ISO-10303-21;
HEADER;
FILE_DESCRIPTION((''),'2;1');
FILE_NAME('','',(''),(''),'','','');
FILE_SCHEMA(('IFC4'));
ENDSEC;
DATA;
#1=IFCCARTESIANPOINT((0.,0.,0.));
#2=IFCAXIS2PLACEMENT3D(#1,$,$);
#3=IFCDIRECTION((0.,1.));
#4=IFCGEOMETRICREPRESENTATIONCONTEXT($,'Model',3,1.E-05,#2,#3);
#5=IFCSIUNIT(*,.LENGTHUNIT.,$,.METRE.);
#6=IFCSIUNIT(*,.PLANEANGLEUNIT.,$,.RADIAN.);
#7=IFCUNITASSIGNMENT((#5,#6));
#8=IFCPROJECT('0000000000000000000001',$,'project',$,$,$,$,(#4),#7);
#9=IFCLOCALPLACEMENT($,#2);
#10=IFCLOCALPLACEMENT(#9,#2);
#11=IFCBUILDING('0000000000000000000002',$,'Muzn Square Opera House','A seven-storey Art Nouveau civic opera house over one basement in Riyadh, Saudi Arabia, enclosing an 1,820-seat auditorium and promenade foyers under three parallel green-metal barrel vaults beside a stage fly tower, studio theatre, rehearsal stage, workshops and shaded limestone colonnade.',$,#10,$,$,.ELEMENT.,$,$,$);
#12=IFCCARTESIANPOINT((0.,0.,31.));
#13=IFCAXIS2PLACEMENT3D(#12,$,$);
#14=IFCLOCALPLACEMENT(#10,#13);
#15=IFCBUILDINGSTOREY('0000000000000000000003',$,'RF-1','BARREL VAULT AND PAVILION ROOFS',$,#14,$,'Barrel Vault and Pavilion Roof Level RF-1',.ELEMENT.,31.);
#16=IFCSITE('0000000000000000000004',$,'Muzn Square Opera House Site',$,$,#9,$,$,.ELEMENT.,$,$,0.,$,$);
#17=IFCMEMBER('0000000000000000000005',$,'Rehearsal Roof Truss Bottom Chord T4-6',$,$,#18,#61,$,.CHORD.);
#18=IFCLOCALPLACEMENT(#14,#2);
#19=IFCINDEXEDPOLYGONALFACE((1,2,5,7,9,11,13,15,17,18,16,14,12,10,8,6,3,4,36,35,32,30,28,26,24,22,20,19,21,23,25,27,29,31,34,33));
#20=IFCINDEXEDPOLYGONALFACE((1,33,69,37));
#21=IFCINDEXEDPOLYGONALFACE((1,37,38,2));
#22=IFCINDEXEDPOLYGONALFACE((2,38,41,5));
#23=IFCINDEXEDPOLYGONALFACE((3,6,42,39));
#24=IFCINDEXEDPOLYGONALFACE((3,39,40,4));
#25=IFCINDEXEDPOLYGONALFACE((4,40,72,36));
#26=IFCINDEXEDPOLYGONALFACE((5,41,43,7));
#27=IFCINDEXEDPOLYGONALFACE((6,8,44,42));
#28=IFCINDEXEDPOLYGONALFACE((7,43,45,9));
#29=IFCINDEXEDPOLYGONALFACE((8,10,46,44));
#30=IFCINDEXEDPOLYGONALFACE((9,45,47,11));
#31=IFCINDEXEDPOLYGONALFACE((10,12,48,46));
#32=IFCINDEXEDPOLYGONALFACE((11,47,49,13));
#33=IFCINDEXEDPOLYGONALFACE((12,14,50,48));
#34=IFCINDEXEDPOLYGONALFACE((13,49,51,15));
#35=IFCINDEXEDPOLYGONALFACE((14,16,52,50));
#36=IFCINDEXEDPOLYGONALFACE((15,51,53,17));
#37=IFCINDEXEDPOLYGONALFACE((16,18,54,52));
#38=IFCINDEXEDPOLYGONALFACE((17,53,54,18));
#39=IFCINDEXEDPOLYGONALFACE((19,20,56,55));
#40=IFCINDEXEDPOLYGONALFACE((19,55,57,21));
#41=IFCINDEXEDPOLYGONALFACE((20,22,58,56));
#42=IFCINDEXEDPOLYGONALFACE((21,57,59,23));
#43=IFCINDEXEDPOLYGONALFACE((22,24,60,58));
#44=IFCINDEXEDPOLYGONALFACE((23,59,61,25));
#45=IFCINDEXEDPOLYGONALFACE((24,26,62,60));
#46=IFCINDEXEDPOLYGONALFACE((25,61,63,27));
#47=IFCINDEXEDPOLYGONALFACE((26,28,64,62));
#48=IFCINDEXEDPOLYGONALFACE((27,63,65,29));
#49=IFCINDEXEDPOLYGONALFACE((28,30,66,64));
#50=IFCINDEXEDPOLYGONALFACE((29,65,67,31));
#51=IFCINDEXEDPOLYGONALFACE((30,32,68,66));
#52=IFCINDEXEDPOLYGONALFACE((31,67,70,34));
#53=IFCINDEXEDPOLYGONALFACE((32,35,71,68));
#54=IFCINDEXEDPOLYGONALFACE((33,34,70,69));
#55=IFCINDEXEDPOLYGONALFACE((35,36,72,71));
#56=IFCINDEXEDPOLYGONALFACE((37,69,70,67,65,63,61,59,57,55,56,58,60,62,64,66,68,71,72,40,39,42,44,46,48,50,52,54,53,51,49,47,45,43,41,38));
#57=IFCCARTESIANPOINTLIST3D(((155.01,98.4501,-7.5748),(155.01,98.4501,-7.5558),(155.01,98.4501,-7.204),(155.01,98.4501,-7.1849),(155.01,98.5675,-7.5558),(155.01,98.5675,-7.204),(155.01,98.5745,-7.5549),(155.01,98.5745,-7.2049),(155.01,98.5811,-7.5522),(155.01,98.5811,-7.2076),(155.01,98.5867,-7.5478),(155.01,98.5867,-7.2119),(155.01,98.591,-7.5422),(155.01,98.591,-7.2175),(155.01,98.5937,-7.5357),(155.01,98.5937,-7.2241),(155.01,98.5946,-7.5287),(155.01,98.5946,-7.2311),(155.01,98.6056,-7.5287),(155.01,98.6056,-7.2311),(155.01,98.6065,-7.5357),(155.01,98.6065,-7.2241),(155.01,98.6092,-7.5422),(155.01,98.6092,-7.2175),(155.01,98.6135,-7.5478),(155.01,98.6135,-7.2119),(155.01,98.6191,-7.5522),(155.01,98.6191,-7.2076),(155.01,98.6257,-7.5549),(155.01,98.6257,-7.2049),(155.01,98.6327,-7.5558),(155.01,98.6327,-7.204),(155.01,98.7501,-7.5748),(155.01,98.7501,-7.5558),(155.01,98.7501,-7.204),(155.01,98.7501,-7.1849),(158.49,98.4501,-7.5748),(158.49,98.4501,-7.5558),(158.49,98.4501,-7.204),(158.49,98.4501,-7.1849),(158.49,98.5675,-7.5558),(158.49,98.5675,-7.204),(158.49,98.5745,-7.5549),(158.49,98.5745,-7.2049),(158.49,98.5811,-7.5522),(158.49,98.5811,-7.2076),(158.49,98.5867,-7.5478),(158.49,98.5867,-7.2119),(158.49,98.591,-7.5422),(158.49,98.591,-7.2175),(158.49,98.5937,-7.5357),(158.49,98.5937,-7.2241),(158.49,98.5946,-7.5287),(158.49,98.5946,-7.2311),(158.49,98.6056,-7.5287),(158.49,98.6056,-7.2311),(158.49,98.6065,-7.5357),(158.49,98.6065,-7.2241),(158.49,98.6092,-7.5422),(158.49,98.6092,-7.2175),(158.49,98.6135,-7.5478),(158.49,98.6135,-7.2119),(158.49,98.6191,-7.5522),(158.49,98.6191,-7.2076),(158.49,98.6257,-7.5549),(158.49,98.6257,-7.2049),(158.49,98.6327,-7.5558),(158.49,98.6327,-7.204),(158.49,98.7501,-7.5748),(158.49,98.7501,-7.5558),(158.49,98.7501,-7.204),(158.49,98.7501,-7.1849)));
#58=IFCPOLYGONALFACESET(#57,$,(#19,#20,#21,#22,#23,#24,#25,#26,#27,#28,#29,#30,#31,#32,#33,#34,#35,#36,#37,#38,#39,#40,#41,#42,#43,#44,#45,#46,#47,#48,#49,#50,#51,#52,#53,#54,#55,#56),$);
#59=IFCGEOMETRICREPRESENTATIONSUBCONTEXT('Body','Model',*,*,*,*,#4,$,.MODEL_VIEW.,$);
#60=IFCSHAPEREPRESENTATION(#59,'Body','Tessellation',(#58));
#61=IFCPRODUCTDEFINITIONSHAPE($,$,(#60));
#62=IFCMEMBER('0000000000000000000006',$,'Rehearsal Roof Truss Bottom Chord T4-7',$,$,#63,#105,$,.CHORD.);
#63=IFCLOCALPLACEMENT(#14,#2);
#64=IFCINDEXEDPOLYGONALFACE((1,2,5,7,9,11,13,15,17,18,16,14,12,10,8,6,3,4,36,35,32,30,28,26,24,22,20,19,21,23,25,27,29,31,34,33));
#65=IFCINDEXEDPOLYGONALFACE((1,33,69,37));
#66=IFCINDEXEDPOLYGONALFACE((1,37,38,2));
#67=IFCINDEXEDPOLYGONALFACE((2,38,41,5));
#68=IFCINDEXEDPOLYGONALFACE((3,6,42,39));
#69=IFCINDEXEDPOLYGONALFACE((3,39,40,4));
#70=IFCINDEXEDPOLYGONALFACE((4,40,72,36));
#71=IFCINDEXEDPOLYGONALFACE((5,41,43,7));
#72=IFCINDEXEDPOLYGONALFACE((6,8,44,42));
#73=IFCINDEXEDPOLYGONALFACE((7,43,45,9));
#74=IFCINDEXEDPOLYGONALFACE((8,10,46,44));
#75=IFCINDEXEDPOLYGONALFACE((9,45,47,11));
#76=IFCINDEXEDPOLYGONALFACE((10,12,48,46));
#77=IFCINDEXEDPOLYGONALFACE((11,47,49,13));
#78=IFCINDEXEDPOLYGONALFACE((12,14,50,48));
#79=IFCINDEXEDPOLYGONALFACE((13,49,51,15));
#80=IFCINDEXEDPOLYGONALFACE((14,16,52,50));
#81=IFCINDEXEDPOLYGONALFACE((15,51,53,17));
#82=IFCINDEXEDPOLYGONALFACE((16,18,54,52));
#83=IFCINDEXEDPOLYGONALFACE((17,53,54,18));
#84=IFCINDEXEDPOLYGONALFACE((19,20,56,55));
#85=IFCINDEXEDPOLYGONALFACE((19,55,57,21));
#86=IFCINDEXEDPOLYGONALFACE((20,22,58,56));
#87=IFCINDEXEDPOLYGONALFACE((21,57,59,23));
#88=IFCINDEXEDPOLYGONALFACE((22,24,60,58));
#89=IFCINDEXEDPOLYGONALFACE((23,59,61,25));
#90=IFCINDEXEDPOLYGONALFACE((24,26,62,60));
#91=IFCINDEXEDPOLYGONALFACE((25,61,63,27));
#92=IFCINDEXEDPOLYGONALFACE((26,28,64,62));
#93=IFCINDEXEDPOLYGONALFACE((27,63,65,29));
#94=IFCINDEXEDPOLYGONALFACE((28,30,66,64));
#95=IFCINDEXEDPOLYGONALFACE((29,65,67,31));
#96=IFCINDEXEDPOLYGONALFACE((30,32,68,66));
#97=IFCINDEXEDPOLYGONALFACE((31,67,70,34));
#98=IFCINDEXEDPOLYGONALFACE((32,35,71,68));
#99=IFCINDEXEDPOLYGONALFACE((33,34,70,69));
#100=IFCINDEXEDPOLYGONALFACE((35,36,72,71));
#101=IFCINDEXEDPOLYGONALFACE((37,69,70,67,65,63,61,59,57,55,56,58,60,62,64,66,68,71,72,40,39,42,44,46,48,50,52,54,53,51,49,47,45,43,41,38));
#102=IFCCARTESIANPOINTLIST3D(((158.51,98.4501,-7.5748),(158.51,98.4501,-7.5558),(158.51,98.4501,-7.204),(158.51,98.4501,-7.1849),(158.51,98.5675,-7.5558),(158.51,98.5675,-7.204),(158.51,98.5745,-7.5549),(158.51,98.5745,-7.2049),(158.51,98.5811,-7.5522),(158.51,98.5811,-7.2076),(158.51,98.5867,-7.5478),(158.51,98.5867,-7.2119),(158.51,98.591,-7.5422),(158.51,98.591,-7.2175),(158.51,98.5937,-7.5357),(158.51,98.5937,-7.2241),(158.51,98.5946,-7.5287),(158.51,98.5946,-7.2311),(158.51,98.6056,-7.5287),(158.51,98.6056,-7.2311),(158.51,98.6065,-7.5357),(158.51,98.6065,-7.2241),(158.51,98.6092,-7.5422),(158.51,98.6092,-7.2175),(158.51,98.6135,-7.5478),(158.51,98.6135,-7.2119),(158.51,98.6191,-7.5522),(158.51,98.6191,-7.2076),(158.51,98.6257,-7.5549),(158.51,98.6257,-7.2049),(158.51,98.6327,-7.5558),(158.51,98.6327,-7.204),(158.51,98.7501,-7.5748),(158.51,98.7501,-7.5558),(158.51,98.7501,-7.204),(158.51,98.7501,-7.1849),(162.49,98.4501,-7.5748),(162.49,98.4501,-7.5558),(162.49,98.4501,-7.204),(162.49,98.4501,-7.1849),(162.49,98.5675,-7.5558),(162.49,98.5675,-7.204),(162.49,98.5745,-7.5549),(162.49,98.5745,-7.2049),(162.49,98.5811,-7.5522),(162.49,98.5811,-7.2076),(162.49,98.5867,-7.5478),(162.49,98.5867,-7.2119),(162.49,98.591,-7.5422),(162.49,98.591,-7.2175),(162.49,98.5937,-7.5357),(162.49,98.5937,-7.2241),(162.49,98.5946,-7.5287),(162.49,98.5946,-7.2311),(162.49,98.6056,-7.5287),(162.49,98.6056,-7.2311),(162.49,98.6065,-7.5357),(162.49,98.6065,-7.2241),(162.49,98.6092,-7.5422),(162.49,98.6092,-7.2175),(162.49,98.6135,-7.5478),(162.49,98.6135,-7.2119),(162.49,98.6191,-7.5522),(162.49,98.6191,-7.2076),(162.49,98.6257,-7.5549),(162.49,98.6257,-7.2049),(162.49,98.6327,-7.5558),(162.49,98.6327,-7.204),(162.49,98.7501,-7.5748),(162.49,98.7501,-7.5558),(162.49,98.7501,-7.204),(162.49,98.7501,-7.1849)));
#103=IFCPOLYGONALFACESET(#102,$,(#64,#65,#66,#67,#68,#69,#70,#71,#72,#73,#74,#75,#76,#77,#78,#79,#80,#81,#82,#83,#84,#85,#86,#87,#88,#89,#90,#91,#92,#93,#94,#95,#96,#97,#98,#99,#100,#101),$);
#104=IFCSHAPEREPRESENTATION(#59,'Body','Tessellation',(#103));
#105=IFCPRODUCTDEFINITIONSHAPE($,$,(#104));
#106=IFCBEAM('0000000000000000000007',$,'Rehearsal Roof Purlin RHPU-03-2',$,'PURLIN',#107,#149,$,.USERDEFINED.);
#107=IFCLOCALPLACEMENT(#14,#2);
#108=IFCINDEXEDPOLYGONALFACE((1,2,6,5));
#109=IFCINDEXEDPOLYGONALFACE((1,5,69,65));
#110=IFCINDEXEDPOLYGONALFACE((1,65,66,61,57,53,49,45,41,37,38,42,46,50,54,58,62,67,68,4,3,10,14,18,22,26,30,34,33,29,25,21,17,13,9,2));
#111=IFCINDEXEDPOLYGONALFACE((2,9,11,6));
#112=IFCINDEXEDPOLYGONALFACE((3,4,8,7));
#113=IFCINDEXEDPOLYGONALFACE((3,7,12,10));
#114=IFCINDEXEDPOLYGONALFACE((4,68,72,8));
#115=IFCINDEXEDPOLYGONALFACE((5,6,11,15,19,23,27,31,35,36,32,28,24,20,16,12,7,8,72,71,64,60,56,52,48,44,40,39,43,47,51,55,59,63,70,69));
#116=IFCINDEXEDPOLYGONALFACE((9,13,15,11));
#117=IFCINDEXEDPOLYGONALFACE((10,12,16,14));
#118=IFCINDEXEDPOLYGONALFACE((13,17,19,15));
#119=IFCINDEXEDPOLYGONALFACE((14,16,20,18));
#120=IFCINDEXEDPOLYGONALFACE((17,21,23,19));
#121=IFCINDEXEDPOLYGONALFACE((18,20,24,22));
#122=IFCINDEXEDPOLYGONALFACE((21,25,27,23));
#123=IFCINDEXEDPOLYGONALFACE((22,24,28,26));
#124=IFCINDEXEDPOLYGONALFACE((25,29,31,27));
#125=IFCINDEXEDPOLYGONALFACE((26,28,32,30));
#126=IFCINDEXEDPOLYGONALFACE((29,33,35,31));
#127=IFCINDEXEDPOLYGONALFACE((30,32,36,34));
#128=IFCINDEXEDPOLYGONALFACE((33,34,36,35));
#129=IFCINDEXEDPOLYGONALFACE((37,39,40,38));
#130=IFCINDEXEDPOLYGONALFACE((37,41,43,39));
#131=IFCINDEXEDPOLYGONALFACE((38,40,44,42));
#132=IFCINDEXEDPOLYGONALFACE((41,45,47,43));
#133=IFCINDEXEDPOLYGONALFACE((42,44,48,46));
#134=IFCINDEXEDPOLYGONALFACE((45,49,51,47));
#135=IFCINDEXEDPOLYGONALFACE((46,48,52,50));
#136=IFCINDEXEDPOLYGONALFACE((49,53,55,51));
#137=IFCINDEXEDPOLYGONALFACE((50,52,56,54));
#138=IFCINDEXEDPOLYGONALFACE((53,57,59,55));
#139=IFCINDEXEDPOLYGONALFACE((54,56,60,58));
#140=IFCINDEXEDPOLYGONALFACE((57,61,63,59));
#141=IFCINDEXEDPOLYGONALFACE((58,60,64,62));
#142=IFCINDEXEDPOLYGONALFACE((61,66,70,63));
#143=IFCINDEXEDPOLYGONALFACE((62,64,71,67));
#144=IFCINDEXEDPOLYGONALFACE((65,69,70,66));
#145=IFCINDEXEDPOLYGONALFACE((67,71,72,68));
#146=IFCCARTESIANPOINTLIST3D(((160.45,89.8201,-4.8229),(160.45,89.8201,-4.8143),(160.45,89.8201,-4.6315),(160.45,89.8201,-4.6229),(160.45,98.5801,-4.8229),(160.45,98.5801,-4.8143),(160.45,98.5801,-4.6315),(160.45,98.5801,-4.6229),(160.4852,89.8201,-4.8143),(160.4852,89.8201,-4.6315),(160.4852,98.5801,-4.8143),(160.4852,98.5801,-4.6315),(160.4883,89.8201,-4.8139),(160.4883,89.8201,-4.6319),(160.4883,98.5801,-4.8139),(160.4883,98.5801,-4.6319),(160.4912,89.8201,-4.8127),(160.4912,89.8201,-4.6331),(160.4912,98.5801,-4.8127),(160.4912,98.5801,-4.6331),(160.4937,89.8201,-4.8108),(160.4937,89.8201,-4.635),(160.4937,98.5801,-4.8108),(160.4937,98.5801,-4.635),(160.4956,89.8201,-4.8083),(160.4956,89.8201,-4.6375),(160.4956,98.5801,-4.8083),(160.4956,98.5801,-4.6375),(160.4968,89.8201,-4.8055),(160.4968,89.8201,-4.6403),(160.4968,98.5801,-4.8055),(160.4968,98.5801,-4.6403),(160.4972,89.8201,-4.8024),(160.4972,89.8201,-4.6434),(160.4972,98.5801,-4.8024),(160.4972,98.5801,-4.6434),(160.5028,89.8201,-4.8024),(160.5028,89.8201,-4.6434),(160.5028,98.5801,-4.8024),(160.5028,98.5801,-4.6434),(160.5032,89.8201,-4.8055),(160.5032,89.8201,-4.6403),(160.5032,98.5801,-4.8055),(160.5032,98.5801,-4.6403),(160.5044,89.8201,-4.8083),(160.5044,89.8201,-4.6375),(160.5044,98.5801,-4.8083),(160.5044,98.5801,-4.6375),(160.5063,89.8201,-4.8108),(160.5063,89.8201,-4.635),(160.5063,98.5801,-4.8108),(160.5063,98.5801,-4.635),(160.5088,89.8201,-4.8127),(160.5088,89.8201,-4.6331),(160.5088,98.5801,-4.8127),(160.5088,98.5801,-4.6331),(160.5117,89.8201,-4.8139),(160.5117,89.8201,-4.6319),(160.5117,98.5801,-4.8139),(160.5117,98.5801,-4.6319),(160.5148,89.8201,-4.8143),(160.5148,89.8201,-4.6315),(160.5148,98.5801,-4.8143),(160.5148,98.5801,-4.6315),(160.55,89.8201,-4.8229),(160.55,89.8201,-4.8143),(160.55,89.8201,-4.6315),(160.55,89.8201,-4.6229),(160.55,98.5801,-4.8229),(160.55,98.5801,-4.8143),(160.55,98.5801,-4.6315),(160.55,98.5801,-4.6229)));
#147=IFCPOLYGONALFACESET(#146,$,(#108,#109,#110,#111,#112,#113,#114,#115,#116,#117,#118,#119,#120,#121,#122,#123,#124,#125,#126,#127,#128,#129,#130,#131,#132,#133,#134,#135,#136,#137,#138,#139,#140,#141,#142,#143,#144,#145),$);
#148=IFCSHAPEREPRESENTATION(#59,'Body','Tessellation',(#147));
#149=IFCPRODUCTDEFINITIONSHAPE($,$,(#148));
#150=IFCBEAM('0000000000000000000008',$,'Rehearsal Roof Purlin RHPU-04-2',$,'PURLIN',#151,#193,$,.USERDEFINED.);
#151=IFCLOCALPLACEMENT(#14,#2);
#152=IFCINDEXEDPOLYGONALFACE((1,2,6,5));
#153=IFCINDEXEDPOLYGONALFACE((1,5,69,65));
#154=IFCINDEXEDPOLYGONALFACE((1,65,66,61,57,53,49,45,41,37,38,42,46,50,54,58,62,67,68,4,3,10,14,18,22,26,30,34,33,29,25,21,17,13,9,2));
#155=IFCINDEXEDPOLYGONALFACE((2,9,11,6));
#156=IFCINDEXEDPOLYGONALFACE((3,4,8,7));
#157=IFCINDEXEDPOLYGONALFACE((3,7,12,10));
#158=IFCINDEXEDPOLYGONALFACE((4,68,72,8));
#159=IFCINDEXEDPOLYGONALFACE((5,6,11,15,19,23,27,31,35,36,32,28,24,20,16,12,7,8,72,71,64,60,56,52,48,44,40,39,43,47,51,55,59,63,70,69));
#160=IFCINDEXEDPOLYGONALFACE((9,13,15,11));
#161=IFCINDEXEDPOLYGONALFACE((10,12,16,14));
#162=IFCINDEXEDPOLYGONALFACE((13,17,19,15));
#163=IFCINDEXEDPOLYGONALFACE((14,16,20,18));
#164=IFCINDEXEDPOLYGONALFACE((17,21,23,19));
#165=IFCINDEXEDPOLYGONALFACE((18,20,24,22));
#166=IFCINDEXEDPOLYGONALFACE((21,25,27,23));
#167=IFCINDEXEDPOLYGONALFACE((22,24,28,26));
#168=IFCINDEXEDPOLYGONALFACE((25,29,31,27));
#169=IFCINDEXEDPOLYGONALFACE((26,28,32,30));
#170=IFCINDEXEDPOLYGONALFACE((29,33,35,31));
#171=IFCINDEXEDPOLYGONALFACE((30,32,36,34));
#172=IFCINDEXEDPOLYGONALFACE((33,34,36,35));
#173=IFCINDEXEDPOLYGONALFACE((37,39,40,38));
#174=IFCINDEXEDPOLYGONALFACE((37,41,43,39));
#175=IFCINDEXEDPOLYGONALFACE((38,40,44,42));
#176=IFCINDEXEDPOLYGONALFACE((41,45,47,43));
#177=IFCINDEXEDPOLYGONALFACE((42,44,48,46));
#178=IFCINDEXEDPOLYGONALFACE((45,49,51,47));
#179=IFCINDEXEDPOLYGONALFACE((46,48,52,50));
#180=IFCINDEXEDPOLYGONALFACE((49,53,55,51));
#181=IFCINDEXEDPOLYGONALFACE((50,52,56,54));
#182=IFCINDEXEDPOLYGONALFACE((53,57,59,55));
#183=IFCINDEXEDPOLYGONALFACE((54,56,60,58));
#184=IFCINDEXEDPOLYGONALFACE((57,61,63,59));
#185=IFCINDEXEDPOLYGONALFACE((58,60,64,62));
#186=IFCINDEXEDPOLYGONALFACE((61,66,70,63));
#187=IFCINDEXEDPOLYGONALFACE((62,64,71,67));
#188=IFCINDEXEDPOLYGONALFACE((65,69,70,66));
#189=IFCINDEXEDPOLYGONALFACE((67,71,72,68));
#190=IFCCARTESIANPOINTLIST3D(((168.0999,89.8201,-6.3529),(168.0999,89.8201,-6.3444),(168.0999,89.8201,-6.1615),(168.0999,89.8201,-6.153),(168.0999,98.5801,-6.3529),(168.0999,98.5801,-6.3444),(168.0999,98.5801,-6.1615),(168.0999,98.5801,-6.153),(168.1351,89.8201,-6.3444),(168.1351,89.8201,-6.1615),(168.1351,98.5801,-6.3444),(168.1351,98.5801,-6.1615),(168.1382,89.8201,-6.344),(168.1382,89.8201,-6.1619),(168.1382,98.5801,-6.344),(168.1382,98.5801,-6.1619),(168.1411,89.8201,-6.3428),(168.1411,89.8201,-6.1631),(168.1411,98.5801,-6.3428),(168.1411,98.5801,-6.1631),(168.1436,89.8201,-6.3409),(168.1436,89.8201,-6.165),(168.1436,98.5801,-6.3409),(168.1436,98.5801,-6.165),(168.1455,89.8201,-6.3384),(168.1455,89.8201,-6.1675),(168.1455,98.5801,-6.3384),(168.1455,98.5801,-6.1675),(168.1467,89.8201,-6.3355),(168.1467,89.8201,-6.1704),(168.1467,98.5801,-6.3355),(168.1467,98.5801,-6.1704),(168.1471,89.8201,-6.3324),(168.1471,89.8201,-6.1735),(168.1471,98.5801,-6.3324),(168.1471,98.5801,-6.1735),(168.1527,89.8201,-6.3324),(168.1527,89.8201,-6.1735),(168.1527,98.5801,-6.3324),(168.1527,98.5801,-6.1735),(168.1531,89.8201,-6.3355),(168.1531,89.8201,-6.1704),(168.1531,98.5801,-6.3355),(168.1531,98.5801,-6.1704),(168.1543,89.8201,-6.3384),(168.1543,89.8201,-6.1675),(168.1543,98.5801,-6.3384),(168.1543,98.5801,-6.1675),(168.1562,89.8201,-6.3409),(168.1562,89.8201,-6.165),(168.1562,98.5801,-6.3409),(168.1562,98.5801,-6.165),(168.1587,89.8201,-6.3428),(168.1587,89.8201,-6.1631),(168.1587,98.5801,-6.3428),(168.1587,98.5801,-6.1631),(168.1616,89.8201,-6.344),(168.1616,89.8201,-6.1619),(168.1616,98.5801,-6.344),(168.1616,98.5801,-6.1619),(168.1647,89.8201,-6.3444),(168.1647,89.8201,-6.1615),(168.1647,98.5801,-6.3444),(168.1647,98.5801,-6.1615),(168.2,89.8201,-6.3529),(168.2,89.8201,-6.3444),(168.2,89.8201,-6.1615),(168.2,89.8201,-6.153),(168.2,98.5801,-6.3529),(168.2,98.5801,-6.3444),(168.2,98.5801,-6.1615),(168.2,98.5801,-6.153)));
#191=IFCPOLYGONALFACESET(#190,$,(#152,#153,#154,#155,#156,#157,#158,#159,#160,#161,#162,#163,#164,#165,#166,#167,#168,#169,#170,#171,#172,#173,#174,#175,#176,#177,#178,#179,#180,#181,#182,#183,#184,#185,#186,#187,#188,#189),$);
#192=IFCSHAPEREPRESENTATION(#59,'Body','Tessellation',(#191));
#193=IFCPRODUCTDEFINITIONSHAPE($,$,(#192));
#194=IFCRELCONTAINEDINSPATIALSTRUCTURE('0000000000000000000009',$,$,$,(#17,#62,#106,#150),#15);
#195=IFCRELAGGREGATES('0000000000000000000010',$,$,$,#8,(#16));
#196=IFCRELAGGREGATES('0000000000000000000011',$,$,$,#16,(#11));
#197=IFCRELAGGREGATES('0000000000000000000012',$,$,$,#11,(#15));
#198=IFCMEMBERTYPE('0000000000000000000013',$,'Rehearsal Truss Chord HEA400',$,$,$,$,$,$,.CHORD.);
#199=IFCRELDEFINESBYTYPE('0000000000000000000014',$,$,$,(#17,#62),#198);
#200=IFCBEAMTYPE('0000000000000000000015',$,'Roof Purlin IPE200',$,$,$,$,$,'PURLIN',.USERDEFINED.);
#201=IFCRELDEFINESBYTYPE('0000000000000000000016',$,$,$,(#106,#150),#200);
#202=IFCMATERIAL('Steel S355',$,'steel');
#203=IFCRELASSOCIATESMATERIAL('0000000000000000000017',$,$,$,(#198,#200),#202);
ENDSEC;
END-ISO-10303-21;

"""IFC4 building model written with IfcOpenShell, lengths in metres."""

from ifc_helpers import new_model, si_unit, direction, frame, origin, origin_2d, place, context, subcontext, project, spatial, i_section, extrude, material, material_profile, profile_set, type_object, element, save


model = new_model("IFC4")

# Units and contexts
model_context = context("Model", 3, precision=1e-05, world=origin(), true_north=direction((0.0, 1.0)))
body_context = subcontext(model_context, "Body", "Model", "MODEL_VIEW")
ifc_project = project(units=[si_unit("LENGTHUNIT", "METRE"), si_unit("PLANEANGLEUNIT", "RADIAN")], contexts=[model_context])

# Site, building, storey
site_placement = place(None, origin())
site = spatial("IfcSite", under=ifc_project, at=site_placement, Name="Muzn Square Opera House Site", CompositionType="ELEMENT", RefElevation=0.0)
building_placement = place(site_placement, origin())
building = spatial("IfcBuilding", under=site, at=building_placement, Name="Muzn Square Opera House", Description="A seven-storey Art Nouveau civic opera house over one basement in Riyadh, Saudi Arabia, enclosing an 1,820-seat auditorium and promenade foyers under three parallel green-metal barrel vaults beside a stage fly tower, studio theatre, rehearsal stage, workshops and shaded limestone colonnade.", CompositionType="ELEMENT")
storey_placement = place(building_placement, frame((0.0, 0.0, 31.0)))
storey = spatial("IfcBuildingStorey", under=building, at=storey_placement, Name="RF-1", Description="BARREL VAULT AND PAVILION ROOFS", LongName="Barrel Vault and Pavilion Roof Level RF-1", CompositionType="ELEMENT", Elevation=31.0)

# Shared definitions
ifc_material = material(Name="Steel S355", Category="steel")

# Members
ifc_material_profile_1 = material_profile(ifc_material, i_section(OverallWidth=0.3, OverallDepth=0.3899, WebThickness=0.011, FlangeThickness=0.019, FilletRadius=0.0271, at=origin_2d()), Name="HEA 400", Category="steel")
ifc_profile_set_1 = profile_set([ifc_material_profile_1], Name="Steel S355")
member_type_1 = type_object("IfcMemberType", Name="Rehearsal Truss Chord HEA400", PredefinedType="CHORD", material=ifc_profile_set_1)
member_1_placement = place(storey_placement, frame((155.01, 98.6001, -7.3799), z_axis=(1.0, 0.0, 0.0), x_axis=(0.0, 1.0, 0.0)))
element("IfcMember", 1, at=member_1_placement, inside=storey, type_object=member_type_1, Name="Rehearsal Roof Truss Bottom Chord T4-6", PredefinedType="CHORD", context=body_context, shape_type="SweptSolid", body=[
    extrude(i_section(OverallWidth=0.3, OverallDepth=0.3899, WebThickness=0.011, FlangeThickness=0.019, FilletRadius=0.0271, at=origin_2d()), origin(), (0.0, 0.0, 1.0), 3.48),
])
member_2_placement = place(storey_placement, frame((158.51, 98.6001, -7.3799), z_axis=(1.0, 0.0, 0.0), x_axis=(0.0, 1.0, 0.0)))
element("IfcMember", 2, at=member_2_placement, inside=storey, type_object=member_type_1, Name="Rehearsal Roof Truss Bottom Chord T4-7", PredefinedType="CHORD", context=body_context, shape_type="SweptSolid", body=[
    extrude(i_section(OverallWidth=0.3, OverallDepth=0.3899, WebThickness=0.011, FlangeThickness=0.019, FilletRadius=0.0271, at=origin_2d()), origin(), (0.0, 0.0, 1.0), 3.98),
])

# Beams
ifc_material_profile_2 = material_profile(ifc_material, i_section(OverallWidth=0.1001, OverallDepth=0.2, WebThickness=0.0056, FlangeThickness=0.0085, FilletRadius=0.012, at=origin_2d()), Name="IPE 200", Category="steel")
ifc_profile_set_2 = profile_set([ifc_material_profile_2], Name="Steel S355")
beam_type = type_object("IfcBeamType", Name="Roof Purlin IPE200", ElementType="PURLIN", PredefinedType="USERDEFINED", material=ifc_profile_set_2)
for number, where, z_axis, x_axis, name in (
    (3, (160.5, 89.8201, -4.7229), (0.0, 1.0, 0.0), (-1.0, 0.0, 0.0), "Rehearsal Roof Purlin RHPU-03-2"),
    (4, (168.1499, 89.8201, -6.2529), (0.0, 1.0, 0.0), (-1.0, 0.0, 0.0), "Rehearsal Roof Purlin RHPU-04-2"),
):
    element("IfcBeam", number, at=place(storey_placement, frame(where, z_axis=z_axis, x_axis=x_axis)), inside=storey, type_object=beam_type, Name=name, ObjectType="PURLIN", PredefinedType="USERDEFINED", context=body_context, shape_type="SweptSolid", body=[
        extrude(i_section(OverallWidth=0.1001, OverallDepth=0.2, WebThickness=0.0056, FlangeThickness=0.0085, FilletRadius=0.012, at=origin_2d()), origin(), (0.0, 0.0, 1.0), 8.76),
    ])

save(model, "model.ifc")
